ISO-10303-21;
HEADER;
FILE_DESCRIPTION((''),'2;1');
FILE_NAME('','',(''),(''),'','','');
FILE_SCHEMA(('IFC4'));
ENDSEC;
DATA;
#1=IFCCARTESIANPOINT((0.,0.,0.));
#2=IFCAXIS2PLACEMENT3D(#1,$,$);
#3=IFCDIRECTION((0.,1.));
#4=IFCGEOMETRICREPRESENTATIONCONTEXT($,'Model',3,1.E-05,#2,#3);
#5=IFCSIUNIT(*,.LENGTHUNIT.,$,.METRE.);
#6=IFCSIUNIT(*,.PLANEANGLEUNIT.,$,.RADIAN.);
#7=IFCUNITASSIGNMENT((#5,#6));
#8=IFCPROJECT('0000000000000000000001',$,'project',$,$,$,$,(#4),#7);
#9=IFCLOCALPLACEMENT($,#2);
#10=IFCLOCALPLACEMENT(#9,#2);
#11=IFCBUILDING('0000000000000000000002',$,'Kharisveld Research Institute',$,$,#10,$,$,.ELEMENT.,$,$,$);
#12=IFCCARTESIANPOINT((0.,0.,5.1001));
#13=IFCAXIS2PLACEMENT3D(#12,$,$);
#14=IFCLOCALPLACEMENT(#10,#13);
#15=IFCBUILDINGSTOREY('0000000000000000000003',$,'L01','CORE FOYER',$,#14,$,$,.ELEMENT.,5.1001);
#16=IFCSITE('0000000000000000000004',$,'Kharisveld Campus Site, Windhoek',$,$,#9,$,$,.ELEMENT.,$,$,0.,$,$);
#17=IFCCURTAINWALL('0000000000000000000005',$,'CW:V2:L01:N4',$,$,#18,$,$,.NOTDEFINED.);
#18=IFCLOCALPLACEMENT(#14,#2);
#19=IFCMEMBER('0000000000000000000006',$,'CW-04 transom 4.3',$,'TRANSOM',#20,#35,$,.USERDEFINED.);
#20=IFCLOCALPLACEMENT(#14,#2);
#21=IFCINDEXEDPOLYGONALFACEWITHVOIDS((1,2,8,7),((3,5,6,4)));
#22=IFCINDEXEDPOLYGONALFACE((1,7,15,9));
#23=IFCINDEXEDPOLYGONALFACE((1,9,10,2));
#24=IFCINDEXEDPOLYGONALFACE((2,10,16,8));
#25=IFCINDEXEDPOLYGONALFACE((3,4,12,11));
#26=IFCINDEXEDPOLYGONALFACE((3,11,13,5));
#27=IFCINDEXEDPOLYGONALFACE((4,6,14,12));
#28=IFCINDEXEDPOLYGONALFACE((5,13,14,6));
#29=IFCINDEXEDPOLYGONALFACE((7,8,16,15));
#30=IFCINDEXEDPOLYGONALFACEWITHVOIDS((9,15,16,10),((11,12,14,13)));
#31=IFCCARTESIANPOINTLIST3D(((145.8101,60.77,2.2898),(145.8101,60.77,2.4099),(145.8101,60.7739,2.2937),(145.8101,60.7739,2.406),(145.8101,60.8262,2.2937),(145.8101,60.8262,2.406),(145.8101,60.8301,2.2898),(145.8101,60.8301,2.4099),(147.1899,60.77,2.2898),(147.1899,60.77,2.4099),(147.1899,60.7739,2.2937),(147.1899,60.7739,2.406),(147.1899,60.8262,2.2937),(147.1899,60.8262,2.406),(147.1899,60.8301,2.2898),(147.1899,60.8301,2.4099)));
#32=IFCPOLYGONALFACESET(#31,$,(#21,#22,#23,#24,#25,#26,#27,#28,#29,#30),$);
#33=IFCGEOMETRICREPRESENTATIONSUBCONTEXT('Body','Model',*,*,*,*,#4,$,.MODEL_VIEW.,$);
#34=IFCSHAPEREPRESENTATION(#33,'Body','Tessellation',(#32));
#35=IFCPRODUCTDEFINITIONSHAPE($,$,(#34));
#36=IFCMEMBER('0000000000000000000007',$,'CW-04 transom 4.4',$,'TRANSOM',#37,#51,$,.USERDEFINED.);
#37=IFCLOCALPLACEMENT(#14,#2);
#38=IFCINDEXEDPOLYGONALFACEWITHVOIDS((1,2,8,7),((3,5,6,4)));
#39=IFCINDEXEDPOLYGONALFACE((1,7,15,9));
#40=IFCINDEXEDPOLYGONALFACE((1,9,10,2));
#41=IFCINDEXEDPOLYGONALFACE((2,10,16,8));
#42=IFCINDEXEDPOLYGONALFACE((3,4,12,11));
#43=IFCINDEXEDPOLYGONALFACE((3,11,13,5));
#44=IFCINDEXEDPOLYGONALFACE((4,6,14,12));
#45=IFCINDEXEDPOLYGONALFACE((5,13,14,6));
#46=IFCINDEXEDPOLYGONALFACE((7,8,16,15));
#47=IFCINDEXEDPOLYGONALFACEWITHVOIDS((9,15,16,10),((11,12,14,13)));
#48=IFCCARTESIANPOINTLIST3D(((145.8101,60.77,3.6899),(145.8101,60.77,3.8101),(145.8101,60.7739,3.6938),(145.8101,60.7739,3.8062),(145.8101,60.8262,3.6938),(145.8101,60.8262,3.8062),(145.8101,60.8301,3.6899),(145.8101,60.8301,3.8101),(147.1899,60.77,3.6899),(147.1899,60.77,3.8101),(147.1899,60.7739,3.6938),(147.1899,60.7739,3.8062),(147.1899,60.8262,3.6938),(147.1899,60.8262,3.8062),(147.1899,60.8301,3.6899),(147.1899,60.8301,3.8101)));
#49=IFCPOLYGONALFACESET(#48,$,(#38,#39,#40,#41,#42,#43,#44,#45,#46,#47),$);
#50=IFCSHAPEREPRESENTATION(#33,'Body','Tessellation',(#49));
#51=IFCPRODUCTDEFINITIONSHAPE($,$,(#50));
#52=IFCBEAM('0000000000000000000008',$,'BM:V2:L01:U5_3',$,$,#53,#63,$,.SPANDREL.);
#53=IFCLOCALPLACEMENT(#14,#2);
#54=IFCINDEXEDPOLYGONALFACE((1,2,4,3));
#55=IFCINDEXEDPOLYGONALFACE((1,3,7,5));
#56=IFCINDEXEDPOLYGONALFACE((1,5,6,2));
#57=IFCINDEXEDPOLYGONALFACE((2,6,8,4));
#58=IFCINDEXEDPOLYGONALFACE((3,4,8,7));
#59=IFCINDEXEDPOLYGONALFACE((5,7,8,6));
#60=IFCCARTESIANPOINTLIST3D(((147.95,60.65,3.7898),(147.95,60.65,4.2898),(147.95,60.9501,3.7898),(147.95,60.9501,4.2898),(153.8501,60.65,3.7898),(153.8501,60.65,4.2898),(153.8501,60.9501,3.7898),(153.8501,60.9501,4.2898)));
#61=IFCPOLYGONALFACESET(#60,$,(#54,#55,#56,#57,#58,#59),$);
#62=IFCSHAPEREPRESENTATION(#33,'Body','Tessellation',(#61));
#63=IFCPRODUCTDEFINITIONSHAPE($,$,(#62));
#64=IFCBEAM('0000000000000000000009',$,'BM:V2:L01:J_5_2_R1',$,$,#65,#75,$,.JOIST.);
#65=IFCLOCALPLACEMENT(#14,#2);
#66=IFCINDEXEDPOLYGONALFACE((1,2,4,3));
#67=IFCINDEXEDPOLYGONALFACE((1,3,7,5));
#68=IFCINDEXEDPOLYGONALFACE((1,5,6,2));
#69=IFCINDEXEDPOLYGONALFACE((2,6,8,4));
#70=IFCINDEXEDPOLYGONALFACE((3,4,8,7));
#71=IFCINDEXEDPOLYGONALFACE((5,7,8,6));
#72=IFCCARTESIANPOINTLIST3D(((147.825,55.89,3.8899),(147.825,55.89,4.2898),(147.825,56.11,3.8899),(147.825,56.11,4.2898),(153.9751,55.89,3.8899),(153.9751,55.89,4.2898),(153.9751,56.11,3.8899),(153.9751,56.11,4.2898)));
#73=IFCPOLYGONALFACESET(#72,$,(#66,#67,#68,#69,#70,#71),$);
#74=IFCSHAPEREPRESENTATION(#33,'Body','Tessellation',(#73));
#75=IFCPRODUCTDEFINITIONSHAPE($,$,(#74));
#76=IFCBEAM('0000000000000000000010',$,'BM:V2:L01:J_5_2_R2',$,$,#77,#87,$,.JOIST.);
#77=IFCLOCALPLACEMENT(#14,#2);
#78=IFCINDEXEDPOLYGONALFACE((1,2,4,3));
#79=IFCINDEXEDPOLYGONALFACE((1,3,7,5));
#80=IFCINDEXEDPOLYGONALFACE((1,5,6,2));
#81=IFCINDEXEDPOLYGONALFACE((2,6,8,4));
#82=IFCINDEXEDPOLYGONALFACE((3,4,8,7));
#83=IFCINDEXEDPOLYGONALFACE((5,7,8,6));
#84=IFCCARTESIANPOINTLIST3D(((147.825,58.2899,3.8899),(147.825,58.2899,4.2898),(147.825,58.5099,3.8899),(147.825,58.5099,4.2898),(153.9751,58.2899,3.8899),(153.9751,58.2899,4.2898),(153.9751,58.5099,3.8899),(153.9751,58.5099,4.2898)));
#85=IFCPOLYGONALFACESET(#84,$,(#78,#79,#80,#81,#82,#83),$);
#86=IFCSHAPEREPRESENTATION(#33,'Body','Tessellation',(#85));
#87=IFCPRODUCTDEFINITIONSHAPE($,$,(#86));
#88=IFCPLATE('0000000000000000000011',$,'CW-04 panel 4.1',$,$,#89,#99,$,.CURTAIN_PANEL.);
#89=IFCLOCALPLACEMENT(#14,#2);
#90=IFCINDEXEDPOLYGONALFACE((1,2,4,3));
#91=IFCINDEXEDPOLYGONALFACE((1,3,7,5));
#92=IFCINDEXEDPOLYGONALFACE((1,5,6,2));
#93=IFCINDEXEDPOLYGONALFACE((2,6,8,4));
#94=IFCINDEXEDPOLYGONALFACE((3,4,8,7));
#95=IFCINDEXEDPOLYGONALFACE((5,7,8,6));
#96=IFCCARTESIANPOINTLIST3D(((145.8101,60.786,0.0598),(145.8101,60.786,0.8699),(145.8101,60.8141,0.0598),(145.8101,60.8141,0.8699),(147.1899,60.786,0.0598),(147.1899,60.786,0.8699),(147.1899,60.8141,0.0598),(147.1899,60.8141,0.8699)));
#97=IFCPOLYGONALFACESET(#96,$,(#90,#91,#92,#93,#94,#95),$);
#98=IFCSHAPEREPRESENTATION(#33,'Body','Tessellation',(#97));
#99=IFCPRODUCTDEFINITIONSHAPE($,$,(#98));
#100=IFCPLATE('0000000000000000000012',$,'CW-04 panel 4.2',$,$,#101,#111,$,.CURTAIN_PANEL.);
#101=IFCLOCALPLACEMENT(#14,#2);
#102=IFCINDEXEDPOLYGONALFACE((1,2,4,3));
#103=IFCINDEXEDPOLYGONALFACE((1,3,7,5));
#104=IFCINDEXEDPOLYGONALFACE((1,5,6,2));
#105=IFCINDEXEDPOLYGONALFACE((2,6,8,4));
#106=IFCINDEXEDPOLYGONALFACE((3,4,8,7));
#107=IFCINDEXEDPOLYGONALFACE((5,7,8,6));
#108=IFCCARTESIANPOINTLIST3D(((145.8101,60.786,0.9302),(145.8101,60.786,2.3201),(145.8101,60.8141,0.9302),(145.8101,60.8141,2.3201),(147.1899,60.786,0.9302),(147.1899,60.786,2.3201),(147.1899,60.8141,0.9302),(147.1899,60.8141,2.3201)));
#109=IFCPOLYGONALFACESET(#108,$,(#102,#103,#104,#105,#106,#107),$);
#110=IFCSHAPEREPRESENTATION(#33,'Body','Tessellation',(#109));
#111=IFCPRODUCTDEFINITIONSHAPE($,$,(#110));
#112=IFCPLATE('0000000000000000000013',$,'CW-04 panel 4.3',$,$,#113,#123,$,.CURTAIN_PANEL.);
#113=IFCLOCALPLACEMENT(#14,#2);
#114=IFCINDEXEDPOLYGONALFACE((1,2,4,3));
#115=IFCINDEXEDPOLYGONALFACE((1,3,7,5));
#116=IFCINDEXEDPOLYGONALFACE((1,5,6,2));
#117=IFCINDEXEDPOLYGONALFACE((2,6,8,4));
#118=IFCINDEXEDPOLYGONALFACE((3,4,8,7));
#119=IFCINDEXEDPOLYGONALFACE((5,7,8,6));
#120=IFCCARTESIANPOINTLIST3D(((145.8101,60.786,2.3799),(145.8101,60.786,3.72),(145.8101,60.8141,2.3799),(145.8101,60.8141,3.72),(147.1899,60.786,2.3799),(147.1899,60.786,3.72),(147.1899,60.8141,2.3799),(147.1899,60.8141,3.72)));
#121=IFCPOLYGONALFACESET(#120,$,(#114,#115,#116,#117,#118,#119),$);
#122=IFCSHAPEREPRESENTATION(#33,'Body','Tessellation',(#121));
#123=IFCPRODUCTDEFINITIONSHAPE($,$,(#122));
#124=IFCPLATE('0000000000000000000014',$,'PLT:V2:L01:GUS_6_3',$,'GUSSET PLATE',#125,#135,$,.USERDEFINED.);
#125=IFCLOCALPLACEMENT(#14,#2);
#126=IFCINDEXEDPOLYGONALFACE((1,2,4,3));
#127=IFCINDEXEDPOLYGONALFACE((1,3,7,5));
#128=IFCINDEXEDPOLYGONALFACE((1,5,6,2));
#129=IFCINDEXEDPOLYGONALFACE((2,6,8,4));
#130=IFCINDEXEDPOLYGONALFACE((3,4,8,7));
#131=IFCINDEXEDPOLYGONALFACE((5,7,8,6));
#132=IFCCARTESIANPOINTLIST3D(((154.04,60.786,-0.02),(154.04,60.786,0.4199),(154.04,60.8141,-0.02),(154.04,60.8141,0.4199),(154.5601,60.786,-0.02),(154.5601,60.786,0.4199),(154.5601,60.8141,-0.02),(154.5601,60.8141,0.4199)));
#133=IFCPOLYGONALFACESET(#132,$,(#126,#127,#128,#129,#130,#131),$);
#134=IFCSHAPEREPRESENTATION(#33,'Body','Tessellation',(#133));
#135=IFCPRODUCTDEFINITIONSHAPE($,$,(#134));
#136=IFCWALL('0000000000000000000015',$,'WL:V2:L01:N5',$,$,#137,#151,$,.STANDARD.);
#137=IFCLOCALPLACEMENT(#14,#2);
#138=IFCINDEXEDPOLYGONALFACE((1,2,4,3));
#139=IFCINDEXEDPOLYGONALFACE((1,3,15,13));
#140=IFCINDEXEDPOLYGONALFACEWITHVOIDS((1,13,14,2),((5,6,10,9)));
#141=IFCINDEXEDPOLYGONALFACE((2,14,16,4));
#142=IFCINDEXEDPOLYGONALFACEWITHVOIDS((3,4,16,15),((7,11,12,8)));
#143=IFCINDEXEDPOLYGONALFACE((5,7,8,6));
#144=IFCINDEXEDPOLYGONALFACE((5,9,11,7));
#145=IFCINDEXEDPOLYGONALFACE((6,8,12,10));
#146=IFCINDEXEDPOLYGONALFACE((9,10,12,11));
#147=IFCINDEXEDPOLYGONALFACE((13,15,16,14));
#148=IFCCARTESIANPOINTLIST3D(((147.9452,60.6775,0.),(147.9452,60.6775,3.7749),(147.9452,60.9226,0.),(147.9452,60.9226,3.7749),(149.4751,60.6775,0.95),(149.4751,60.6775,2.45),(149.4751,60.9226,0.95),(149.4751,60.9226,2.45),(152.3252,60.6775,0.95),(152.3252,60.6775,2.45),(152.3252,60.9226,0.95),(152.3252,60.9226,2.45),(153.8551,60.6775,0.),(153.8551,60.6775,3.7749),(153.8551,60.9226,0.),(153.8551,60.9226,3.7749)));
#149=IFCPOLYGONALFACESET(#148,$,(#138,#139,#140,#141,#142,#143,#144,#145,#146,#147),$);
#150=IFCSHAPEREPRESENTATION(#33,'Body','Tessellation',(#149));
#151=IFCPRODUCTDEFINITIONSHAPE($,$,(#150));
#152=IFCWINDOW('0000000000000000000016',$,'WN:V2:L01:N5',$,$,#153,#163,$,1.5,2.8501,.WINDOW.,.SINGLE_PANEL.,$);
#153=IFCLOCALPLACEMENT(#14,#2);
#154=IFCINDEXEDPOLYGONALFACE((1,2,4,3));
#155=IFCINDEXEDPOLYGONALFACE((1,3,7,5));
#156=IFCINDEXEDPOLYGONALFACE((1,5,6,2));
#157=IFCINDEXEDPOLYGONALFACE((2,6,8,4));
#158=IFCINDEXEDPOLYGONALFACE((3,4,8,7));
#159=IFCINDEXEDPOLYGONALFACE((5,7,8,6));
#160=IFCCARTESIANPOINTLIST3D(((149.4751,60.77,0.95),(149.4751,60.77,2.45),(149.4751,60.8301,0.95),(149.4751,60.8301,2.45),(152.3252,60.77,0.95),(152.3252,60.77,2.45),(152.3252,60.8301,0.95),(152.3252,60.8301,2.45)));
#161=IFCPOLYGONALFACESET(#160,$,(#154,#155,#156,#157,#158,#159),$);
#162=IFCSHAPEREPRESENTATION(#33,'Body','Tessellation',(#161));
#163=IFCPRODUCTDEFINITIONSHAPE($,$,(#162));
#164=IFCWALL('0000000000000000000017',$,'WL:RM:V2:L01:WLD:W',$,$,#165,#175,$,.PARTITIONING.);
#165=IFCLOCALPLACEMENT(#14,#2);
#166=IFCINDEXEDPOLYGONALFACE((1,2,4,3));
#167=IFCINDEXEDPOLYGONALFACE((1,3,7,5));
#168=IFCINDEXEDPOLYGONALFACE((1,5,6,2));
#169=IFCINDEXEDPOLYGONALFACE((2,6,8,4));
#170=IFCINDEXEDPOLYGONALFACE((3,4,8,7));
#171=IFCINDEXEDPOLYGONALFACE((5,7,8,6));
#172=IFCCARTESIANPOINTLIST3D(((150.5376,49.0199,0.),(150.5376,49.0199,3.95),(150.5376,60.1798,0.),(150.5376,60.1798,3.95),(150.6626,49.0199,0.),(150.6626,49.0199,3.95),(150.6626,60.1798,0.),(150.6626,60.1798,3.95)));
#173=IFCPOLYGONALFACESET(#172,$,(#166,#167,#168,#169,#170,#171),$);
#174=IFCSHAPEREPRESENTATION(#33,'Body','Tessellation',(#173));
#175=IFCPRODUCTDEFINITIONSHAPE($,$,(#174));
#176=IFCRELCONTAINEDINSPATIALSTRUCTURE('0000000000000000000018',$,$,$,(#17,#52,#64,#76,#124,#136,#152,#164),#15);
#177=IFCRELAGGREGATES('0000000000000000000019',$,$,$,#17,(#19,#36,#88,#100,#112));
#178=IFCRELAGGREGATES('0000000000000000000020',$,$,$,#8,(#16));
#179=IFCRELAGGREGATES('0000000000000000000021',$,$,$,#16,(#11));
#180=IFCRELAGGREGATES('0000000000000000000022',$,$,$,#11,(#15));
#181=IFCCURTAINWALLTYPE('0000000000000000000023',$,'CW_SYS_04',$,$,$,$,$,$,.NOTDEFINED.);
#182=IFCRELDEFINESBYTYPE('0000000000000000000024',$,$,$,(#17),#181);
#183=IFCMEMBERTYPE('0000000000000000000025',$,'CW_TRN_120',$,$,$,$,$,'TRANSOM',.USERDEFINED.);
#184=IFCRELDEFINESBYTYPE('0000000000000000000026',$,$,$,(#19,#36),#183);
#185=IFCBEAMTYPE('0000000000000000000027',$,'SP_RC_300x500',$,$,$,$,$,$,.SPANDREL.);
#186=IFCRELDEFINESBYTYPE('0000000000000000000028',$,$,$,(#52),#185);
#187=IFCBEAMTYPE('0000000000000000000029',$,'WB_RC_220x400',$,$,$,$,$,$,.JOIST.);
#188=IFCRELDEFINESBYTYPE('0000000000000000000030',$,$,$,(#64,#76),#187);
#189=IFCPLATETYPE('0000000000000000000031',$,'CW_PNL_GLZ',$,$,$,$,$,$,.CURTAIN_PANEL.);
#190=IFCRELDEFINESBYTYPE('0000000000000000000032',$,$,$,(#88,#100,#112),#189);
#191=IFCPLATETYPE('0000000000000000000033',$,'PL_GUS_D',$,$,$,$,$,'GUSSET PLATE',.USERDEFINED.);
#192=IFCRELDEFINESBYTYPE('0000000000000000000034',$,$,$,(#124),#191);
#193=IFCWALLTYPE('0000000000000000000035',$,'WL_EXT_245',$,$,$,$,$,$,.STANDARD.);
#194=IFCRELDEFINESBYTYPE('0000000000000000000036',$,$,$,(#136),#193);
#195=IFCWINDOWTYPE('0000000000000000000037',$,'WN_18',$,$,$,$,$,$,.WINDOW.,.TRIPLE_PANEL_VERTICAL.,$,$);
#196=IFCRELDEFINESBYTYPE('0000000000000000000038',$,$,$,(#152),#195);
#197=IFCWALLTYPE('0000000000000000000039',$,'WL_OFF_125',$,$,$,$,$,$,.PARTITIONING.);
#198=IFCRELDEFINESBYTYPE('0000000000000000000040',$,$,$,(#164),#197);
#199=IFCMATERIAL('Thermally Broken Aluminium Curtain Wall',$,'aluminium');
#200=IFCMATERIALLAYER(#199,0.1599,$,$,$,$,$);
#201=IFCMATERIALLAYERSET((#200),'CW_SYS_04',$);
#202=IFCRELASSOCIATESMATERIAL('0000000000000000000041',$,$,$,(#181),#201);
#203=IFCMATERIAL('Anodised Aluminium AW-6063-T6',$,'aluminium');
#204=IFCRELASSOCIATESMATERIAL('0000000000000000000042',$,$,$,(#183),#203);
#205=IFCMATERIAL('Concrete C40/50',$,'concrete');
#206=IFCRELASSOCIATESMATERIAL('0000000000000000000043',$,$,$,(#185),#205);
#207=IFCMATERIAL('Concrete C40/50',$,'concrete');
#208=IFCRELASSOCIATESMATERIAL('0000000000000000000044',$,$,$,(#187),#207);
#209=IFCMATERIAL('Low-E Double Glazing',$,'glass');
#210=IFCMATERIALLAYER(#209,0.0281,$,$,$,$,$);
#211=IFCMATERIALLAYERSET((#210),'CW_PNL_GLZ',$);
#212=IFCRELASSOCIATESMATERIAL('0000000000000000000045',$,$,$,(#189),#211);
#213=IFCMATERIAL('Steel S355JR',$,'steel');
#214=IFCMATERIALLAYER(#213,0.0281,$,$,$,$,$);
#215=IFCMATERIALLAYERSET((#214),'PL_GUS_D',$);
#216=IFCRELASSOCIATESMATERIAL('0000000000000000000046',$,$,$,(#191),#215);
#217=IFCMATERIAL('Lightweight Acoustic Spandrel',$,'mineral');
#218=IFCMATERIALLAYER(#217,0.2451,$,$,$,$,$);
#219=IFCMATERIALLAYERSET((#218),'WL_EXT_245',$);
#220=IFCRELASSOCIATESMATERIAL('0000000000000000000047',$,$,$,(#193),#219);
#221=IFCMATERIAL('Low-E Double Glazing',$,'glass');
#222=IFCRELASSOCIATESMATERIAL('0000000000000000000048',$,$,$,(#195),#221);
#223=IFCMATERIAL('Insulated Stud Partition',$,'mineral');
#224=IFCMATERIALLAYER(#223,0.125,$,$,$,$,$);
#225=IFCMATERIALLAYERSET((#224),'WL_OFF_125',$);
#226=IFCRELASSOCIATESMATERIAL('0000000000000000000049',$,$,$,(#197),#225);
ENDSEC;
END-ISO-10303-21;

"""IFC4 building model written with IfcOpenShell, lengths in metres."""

from ifc_helpers import new_model, si_unit, direction, frame, frame_2d, origin, origin_2d, place, context, subcontext, project, spatial, rectangle, hollow_rectangle, extrude, material, layer, layer_set, material_profile, profile_set, type_object, element, fill, aggregate, save


model = new_model("IFC4")

# Units and contexts
model_context = context("Model", 3, precision=1e-05, world=origin(), true_north=direction((0.0, 1.0)))
body_context = subcontext(model_context, "Body", "Model", "MODEL_VIEW")
ifc_project = project(units=[si_unit("LENGTHUNIT", "METRE"), si_unit("PLANEANGLEUNIT", "RADIAN")], contexts=[model_context])

# Site, building, storey
site_placement = place(None, origin())
site = spatial("IfcSite", under=ifc_project, at=site_placement, Name="Kharisveld Campus Site, Windhoek", CompositionType="ELEMENT", RefElevation=0.0)
building_placement = place(site_placement, origin())
building = spatial("IfcBuilding", under=site, at=building_placement, Name="Kharisveld Research Institute", CompositionType="ELEMENT")
storey_placement = place(building_placement, frame((0.0, 0.0, 5.1001)))
storey = spatial("IfcBuildingStorey", under=building, at=storey_placement, Name="L01", Description="CORE FOYER", CompositionType="ELEMENT", Elevation=5.1001)

# Curtain wall, members
ifc_material_1 = material(Name="Thermally Broken Aluminium Curtain Wall", Category="aluminium")
ifc_layer_1 = layer(ifc_material_1, 0.1599)
ifc_layer_set_1 = layer_set([ifc_layer_1], Name="CW_SYS_04")
curtain_wall_type = type_object("IfcCurtainWallType", Name="CW_SYS_04", PredefinedType="NOTDEFINED", material=ifc_layer_set_1)
curtain_wall_placement = place(storey_placement, origin())
curtain_wall = element("IfcCurtainWall", 1, at=curtain_wall_placement, inside=storey, type_object=curtain_wall_type, Name="CW:V2:L01:N4", PredefinedType="NOTDEFINED")
ifc_material_2 = material(Name="Anodised Aluminium AW-6063-T6", Category="aluminium")
ifc_material_profile_1 = material_profile(ifc_material_2, hollow_rectangle(XDim=0.0601, YDim=0.1201, WallThickness=0.0039, at=origin_2d()))
ifc_profile_set_1 = profile_set([ifc_material_profile_1], Name="Anodised Aluminium AW-6063-T6")
member_type_1 = type_object("IfcMemberType", Name="CW_TRN_120", ElementType="TRANSOM", PredefinedType="USERDEFINED", material=ifc_profile_set_1)
member_1_placement = place(storey_placement, frame((145.8101, 60.8, 2.3499), z_axis=(1.0, 0.0, 0.0), x_axis=(0.0, 1.0, 0.0)))
member_1 = element("IfcMember", 2, at=member_1_placement, type_object=member_type_1, Name="CW-04 transom 4.3", ObjectType="TRANSOM", PredefinedType="USERDEFINED", context=body_context, shape_type="SweptSolid", body=[
    extrude(hollow_rectangle(XDim=0.0601, YDim=0.1201, WallThickness=0.0039, at=origin_2d()), origin(), (0.0, 0.0, 1.0), 1.3799),
])
member_2_placement = place(storey_placement, frame((145.8101, 60.8, 3.75), z_axis=(1.0, 0.0, 0.0), x_axis=(0.0, 1.0, 0.0)))
member_2 = element("IfcMember", 3, at=member_2_placement, type_object=member_type_1, Name="CW-04 transom 4.4", ObjectType="TRANSOM", PredefinedType="USERDEFINED", context=body_context, shape_type="SweptSolid", body=[
    extrude(hollow_rectangle(XDim=0.0601, YDim=0.1201, WallThickness=0.0039, at=origin_2d()), origin(), (0.0, 0.0, 1.0), 1.3799),
])

# Beams
ifc_material_3 = material(Name="Concrete C40/50", Category="concrete")
ifc_material_profile_2 = material_profile(ifc_material_3, rectangle(XDim=0.3, YDim=0.5, at=origin_2d()))
ifc_profile_set_2 = profile_set([ifc_material_profile_2], Name="Concrete C40/50")
beam_type_1 = type_object("IfcBeamType", Name="SP_RC_300x500", PredefinedType="SPANDREL", material=ifc_profile_set_2)
beam_1_placement = place(storey_placement, frame((147.95, 60.8, 4.0398), z_axis=(1.0, 0.0, 0.0), x_axis=(0.0, 1.0, 0.0)))
element("IfcBeam", 4, at=beam_1_placement, inside=storey, type_object=beam_type_1, Name="BM:V2:L01:U5_3", PredefinedType="SPANDREL", context=body_context, shape_type="SweptSolid", body=[
    extrude(rectangle(XDim=0.3, YDim=0.5, at=origin_2d()), origin(), (0.0, 0.0, 1.0), 5.9001),
])
ifc_material_4 = material(Name="Concrete C40/50", Category="concrete")
ifc_material_profile_3 = material_profile(ifc_material_4, rectangle(XDim=0.22, YDim=0.3999, at=origin_2d()))
ifc_profile_set_3 = profile_set([ifc_material_profile_3], Name="Concrete C40/50")
beam_type_2 = type_object("IfcBeamType", Name="WB_RC_220x400", PredefinedType="JOIST", material=ifc_profile_set_3)
for number, where, z_axis, x_axis, name in (
    (5, (147.825, 56.0, 4.0898), (1.0, 0.0, 0.0), (0.0, 1.0, 0.0), "BM:V2:L01:J_5_2_R1"),
    (6, (147.825, 58.3999, 4.0898), (1.0, 0.0, 0.0), (0.0, 1.0, 0.0), "BM:V2:L01:J_5_2_R2"),
):
    element("IfcBeam", number, at=place(storey_placement, frame(where, z_axis=z_axis, x_axis=x_axis)), inside=storey, type_object=beam_type_2, Name=name, PredefinedType="JOIST", context=body_context, shape_type="SweptSolid", body=[
        extrude(rectangle(XDim=0.22, YDim=0.3999, at=origin_2d()), origin(), (0.0, 0.0, 1.0), 6.1501),
    ])

# Plates
ifc_material_5 = material(Name="Low-E Double Glazing", Category="glass")
ifc_layer_2 = layer(ifc_material_5, 0.0281)
ifc_layer_set_2 = layer_set([ifc_layer_2], Name="CW_PNL_GLZ")
plate_type_1 = type_object("IfcPlateType", Name="CW_PNL_GLZ", PredefinedType="CURTAIN_PANEL", material=ifc_layer_set_2)
plate_1_placement = place(storey_placement, frame((146.5, 60.8, 0.0598), z_axis=(0.0, 0.0, 1.0), x_axis=(1.0, 0.0, 0.0)))
plate_1 = element("IfcPlate", 7, at=plate_1_placement, type_object=plate_type_1, Name="CW-04 panel 4.1", PredefinedType="CURTAIN_PANEL", context=body_context, shape_type="SweptSolid", body=[
    extrude(rectangle(XDim=1.3799, YDim=0.0281, at=origin_2d()), origin(), (0.0, 0.0, 1.0), 0.8101),
])
plate_2_placement = place(storey_placement, frame((146.5, 60.8, 0.9302), z_axis=(0.0, 0.0, 1.0), x_axis=(1.0, 0.0, 0.0)))
plate_2 = element("IfcPlate", 8, at=plate_2_placement, type_object=plate_type_1, Name="CW-04 panel 4.2", PredefinedType="CURTAIN_PANEL", context=body_context, shape_type="SweptSolid", body=[
    extrude(rectangle(XDim=1.3799, YDim=0.0281, at=origin_2d()), origin(), (0.0, 0.0, 1.0), 1.3899),
])
plate_3_placement = place(storey_placement, frame((146.5, 60.8, 2.3799), z_axis=(0.0, 0.0, 1.0), x_axis=(1.0, 0.0, 0.0)))
plate_3 = element("IfcPlate", 9, at=plate_3_placement, type_object=plate_type_1, Name="CW-04 panel 4.3", PredefinedType="CURTAIN_PANEL", context=body_context, shape_type="SweptSolid", body=[
    extrude(rectangle(XDim=1.3799, YDim=0.0281, at=origin_2d()), origin(), (0.0, 0.0, 1.0), 1.3401),
])
aggregate(curtain_wall, [member_1, member_2, plate_1, plate_2, plate_3])
ifc_material_6 = material(Name="Steel S355JR", Category="steel")
ifc_layer_3 = layer(ifc_material_6, 0.0281)
ifc_layer_set_3 = layer_set([ifc_layer_3], Name="PL_GUS_D")
plate_type_2 = type_object("IfcPlateType", Name="PL_GUS_D", ElementType="GUSSET PLATE", PredefinedType="USERDEFINED", material=ifc_layer_set_3)
plate_4_placement = place(storey_placement, frame((154.3, 60.8, -0.02), z_axis=(0.0, 0.0, 1.0), x_axis=(1.0, 0.0, 0.0)))
element("IfcPlate", 10, at=plate_4_placement, inside=storey, type_object=plate_type_2, Name="PLT:V2:L01:GUS_6_3", ObjectType="GUSSET PLATE", PredefinedType="USERDEFINED", context=body_context, shape_type="SweptSolid", body=[
    extrude(rectangle(XDim=0.52, YDim=0.0281, at=origin_2d()), origin(), (0.0, 0.0, 1.0), 0.4399),
])

# Wall, opening, window
ifc_material_7 = material(Name="Lightweight Acoustic Spandrel", Category="mineral")
ifc_layer_4 = layer(ifc_material_7, 0.2451)
ifc_layer_set_4 = layer_set([ifc_layer_4], Name="WL_EXT_245")
wall_type_1 = type_object("IfcWallType", Name="WL_EXT_245", PredefinedType="STANDARD", material=ifc_layer_set_4)
wall_1_placement = place(storey_placement, frame((147.9451, 60.8, 0.0), z_axis=(0.0, 0.0, 1.0), x_axis=(1.0, 0.0, 0.0)))
wall_1 = element("IfcWall", 11, at=wall_1_placement, inside=storey, type_object=wall_type_1, Name="WL:V2:L01:N5", PredefinedType="STANDARD", context=body_context, shape_type="SweptSolid", body=[
    extrude(rectangle(XDim=5.9099, YDim=0.2451, at=frame_2d((2.9551, 0.0))), origin(), (0.0, 0.0, 1.0), 3.7749),
])
opening_placement = place(wall_1_placement, frame((1.53, 0.0, 0.95)))
opening = element("IfcOpeningElement", 12, at=opening_placement, cuts=wall_1, PredefinedType="OPENING", context=body_context, shape_type="SweptSolid", body=[
    extrude(rectangle(XDim=2.8501, YDim=1.5, at=frame_2d((1.425, 0.75))), frame((0.0, 0.1226, 0.0), z_axis=(0.0, -1.0, 0.0), x_axis=(1.0, 0.0, 0.0)), (0.0, 0.0, 1.0), 0.2451),
])
ifc_material_8 = material(Name="Low-E Double Glazing", Category="glass")
window_type = type_object("IfcWindowType", Name="WN_18", PartitioningType="TRIPLE_PANEL_VERTICAL", PredefinedType="WINDOW", material=ifc_material_8)
window_placement = place(opening_placement, origin())
window = element("IfcWindow", 13, at=window_placement, inside=storey, type_object=window_type, Name="WN:V2:L01:N5", OverallHeight=1.5, OverallWidth=2.8501, PartitioningType="SINGLE_PANEL", PredefinedType="WINDOW", context=body_context, shape_type="SweptSolid", body=[
    extrude(rectangle(XDim=2.8501, YDim=1.5, at=frame_2d((1.425, 0.75))), frame((0.0, 0.03, 0.0), z_axis=(0.0, -1.0, 0.0), x_axis=(1.0, 0.0, 0.0)), (0.0, 0.0, 1.0), 0.0601),
])
fill(opening, window)

# Wall
ifc_material_9 = material(Name="Insulated Stud Partition", Category="mineral")
ifc_layer_5 = layer(ifc_material_9, 0.125)
ifc_layer_set_5 = layer_set([ifc_layer_5], Name="WL_OFF_125")
wall_type_2 = type_object("IfcWallType", Name="WL_OFF_125", PredefinedType="PARTITIONING", material=ifc_layer_set_5)
wall_2_placement = place(storey_placement, frame((150.6001, 60.1799, 0.0), z_axis=(0.0, 0.0, 1.0), x_axis=(0.0, -1.0, 0.0)))
element("IfcWall", 14, at=wall_2_placement, inside=storey, type_object=wall_type_2, Name="WL:RM:V2:L01:WLD:W", PredefinedType="PARTITIONING", context=body_context, shape_type="SweptSolid", body=[
    extrude(rectangle(XDim=11.1599, YDim=0.125, at=frame_2d((5.5801, 0.0))), origin(), (0.0, 0.0, 1.0), 3.95),
])

save(model, "model.ifc")
